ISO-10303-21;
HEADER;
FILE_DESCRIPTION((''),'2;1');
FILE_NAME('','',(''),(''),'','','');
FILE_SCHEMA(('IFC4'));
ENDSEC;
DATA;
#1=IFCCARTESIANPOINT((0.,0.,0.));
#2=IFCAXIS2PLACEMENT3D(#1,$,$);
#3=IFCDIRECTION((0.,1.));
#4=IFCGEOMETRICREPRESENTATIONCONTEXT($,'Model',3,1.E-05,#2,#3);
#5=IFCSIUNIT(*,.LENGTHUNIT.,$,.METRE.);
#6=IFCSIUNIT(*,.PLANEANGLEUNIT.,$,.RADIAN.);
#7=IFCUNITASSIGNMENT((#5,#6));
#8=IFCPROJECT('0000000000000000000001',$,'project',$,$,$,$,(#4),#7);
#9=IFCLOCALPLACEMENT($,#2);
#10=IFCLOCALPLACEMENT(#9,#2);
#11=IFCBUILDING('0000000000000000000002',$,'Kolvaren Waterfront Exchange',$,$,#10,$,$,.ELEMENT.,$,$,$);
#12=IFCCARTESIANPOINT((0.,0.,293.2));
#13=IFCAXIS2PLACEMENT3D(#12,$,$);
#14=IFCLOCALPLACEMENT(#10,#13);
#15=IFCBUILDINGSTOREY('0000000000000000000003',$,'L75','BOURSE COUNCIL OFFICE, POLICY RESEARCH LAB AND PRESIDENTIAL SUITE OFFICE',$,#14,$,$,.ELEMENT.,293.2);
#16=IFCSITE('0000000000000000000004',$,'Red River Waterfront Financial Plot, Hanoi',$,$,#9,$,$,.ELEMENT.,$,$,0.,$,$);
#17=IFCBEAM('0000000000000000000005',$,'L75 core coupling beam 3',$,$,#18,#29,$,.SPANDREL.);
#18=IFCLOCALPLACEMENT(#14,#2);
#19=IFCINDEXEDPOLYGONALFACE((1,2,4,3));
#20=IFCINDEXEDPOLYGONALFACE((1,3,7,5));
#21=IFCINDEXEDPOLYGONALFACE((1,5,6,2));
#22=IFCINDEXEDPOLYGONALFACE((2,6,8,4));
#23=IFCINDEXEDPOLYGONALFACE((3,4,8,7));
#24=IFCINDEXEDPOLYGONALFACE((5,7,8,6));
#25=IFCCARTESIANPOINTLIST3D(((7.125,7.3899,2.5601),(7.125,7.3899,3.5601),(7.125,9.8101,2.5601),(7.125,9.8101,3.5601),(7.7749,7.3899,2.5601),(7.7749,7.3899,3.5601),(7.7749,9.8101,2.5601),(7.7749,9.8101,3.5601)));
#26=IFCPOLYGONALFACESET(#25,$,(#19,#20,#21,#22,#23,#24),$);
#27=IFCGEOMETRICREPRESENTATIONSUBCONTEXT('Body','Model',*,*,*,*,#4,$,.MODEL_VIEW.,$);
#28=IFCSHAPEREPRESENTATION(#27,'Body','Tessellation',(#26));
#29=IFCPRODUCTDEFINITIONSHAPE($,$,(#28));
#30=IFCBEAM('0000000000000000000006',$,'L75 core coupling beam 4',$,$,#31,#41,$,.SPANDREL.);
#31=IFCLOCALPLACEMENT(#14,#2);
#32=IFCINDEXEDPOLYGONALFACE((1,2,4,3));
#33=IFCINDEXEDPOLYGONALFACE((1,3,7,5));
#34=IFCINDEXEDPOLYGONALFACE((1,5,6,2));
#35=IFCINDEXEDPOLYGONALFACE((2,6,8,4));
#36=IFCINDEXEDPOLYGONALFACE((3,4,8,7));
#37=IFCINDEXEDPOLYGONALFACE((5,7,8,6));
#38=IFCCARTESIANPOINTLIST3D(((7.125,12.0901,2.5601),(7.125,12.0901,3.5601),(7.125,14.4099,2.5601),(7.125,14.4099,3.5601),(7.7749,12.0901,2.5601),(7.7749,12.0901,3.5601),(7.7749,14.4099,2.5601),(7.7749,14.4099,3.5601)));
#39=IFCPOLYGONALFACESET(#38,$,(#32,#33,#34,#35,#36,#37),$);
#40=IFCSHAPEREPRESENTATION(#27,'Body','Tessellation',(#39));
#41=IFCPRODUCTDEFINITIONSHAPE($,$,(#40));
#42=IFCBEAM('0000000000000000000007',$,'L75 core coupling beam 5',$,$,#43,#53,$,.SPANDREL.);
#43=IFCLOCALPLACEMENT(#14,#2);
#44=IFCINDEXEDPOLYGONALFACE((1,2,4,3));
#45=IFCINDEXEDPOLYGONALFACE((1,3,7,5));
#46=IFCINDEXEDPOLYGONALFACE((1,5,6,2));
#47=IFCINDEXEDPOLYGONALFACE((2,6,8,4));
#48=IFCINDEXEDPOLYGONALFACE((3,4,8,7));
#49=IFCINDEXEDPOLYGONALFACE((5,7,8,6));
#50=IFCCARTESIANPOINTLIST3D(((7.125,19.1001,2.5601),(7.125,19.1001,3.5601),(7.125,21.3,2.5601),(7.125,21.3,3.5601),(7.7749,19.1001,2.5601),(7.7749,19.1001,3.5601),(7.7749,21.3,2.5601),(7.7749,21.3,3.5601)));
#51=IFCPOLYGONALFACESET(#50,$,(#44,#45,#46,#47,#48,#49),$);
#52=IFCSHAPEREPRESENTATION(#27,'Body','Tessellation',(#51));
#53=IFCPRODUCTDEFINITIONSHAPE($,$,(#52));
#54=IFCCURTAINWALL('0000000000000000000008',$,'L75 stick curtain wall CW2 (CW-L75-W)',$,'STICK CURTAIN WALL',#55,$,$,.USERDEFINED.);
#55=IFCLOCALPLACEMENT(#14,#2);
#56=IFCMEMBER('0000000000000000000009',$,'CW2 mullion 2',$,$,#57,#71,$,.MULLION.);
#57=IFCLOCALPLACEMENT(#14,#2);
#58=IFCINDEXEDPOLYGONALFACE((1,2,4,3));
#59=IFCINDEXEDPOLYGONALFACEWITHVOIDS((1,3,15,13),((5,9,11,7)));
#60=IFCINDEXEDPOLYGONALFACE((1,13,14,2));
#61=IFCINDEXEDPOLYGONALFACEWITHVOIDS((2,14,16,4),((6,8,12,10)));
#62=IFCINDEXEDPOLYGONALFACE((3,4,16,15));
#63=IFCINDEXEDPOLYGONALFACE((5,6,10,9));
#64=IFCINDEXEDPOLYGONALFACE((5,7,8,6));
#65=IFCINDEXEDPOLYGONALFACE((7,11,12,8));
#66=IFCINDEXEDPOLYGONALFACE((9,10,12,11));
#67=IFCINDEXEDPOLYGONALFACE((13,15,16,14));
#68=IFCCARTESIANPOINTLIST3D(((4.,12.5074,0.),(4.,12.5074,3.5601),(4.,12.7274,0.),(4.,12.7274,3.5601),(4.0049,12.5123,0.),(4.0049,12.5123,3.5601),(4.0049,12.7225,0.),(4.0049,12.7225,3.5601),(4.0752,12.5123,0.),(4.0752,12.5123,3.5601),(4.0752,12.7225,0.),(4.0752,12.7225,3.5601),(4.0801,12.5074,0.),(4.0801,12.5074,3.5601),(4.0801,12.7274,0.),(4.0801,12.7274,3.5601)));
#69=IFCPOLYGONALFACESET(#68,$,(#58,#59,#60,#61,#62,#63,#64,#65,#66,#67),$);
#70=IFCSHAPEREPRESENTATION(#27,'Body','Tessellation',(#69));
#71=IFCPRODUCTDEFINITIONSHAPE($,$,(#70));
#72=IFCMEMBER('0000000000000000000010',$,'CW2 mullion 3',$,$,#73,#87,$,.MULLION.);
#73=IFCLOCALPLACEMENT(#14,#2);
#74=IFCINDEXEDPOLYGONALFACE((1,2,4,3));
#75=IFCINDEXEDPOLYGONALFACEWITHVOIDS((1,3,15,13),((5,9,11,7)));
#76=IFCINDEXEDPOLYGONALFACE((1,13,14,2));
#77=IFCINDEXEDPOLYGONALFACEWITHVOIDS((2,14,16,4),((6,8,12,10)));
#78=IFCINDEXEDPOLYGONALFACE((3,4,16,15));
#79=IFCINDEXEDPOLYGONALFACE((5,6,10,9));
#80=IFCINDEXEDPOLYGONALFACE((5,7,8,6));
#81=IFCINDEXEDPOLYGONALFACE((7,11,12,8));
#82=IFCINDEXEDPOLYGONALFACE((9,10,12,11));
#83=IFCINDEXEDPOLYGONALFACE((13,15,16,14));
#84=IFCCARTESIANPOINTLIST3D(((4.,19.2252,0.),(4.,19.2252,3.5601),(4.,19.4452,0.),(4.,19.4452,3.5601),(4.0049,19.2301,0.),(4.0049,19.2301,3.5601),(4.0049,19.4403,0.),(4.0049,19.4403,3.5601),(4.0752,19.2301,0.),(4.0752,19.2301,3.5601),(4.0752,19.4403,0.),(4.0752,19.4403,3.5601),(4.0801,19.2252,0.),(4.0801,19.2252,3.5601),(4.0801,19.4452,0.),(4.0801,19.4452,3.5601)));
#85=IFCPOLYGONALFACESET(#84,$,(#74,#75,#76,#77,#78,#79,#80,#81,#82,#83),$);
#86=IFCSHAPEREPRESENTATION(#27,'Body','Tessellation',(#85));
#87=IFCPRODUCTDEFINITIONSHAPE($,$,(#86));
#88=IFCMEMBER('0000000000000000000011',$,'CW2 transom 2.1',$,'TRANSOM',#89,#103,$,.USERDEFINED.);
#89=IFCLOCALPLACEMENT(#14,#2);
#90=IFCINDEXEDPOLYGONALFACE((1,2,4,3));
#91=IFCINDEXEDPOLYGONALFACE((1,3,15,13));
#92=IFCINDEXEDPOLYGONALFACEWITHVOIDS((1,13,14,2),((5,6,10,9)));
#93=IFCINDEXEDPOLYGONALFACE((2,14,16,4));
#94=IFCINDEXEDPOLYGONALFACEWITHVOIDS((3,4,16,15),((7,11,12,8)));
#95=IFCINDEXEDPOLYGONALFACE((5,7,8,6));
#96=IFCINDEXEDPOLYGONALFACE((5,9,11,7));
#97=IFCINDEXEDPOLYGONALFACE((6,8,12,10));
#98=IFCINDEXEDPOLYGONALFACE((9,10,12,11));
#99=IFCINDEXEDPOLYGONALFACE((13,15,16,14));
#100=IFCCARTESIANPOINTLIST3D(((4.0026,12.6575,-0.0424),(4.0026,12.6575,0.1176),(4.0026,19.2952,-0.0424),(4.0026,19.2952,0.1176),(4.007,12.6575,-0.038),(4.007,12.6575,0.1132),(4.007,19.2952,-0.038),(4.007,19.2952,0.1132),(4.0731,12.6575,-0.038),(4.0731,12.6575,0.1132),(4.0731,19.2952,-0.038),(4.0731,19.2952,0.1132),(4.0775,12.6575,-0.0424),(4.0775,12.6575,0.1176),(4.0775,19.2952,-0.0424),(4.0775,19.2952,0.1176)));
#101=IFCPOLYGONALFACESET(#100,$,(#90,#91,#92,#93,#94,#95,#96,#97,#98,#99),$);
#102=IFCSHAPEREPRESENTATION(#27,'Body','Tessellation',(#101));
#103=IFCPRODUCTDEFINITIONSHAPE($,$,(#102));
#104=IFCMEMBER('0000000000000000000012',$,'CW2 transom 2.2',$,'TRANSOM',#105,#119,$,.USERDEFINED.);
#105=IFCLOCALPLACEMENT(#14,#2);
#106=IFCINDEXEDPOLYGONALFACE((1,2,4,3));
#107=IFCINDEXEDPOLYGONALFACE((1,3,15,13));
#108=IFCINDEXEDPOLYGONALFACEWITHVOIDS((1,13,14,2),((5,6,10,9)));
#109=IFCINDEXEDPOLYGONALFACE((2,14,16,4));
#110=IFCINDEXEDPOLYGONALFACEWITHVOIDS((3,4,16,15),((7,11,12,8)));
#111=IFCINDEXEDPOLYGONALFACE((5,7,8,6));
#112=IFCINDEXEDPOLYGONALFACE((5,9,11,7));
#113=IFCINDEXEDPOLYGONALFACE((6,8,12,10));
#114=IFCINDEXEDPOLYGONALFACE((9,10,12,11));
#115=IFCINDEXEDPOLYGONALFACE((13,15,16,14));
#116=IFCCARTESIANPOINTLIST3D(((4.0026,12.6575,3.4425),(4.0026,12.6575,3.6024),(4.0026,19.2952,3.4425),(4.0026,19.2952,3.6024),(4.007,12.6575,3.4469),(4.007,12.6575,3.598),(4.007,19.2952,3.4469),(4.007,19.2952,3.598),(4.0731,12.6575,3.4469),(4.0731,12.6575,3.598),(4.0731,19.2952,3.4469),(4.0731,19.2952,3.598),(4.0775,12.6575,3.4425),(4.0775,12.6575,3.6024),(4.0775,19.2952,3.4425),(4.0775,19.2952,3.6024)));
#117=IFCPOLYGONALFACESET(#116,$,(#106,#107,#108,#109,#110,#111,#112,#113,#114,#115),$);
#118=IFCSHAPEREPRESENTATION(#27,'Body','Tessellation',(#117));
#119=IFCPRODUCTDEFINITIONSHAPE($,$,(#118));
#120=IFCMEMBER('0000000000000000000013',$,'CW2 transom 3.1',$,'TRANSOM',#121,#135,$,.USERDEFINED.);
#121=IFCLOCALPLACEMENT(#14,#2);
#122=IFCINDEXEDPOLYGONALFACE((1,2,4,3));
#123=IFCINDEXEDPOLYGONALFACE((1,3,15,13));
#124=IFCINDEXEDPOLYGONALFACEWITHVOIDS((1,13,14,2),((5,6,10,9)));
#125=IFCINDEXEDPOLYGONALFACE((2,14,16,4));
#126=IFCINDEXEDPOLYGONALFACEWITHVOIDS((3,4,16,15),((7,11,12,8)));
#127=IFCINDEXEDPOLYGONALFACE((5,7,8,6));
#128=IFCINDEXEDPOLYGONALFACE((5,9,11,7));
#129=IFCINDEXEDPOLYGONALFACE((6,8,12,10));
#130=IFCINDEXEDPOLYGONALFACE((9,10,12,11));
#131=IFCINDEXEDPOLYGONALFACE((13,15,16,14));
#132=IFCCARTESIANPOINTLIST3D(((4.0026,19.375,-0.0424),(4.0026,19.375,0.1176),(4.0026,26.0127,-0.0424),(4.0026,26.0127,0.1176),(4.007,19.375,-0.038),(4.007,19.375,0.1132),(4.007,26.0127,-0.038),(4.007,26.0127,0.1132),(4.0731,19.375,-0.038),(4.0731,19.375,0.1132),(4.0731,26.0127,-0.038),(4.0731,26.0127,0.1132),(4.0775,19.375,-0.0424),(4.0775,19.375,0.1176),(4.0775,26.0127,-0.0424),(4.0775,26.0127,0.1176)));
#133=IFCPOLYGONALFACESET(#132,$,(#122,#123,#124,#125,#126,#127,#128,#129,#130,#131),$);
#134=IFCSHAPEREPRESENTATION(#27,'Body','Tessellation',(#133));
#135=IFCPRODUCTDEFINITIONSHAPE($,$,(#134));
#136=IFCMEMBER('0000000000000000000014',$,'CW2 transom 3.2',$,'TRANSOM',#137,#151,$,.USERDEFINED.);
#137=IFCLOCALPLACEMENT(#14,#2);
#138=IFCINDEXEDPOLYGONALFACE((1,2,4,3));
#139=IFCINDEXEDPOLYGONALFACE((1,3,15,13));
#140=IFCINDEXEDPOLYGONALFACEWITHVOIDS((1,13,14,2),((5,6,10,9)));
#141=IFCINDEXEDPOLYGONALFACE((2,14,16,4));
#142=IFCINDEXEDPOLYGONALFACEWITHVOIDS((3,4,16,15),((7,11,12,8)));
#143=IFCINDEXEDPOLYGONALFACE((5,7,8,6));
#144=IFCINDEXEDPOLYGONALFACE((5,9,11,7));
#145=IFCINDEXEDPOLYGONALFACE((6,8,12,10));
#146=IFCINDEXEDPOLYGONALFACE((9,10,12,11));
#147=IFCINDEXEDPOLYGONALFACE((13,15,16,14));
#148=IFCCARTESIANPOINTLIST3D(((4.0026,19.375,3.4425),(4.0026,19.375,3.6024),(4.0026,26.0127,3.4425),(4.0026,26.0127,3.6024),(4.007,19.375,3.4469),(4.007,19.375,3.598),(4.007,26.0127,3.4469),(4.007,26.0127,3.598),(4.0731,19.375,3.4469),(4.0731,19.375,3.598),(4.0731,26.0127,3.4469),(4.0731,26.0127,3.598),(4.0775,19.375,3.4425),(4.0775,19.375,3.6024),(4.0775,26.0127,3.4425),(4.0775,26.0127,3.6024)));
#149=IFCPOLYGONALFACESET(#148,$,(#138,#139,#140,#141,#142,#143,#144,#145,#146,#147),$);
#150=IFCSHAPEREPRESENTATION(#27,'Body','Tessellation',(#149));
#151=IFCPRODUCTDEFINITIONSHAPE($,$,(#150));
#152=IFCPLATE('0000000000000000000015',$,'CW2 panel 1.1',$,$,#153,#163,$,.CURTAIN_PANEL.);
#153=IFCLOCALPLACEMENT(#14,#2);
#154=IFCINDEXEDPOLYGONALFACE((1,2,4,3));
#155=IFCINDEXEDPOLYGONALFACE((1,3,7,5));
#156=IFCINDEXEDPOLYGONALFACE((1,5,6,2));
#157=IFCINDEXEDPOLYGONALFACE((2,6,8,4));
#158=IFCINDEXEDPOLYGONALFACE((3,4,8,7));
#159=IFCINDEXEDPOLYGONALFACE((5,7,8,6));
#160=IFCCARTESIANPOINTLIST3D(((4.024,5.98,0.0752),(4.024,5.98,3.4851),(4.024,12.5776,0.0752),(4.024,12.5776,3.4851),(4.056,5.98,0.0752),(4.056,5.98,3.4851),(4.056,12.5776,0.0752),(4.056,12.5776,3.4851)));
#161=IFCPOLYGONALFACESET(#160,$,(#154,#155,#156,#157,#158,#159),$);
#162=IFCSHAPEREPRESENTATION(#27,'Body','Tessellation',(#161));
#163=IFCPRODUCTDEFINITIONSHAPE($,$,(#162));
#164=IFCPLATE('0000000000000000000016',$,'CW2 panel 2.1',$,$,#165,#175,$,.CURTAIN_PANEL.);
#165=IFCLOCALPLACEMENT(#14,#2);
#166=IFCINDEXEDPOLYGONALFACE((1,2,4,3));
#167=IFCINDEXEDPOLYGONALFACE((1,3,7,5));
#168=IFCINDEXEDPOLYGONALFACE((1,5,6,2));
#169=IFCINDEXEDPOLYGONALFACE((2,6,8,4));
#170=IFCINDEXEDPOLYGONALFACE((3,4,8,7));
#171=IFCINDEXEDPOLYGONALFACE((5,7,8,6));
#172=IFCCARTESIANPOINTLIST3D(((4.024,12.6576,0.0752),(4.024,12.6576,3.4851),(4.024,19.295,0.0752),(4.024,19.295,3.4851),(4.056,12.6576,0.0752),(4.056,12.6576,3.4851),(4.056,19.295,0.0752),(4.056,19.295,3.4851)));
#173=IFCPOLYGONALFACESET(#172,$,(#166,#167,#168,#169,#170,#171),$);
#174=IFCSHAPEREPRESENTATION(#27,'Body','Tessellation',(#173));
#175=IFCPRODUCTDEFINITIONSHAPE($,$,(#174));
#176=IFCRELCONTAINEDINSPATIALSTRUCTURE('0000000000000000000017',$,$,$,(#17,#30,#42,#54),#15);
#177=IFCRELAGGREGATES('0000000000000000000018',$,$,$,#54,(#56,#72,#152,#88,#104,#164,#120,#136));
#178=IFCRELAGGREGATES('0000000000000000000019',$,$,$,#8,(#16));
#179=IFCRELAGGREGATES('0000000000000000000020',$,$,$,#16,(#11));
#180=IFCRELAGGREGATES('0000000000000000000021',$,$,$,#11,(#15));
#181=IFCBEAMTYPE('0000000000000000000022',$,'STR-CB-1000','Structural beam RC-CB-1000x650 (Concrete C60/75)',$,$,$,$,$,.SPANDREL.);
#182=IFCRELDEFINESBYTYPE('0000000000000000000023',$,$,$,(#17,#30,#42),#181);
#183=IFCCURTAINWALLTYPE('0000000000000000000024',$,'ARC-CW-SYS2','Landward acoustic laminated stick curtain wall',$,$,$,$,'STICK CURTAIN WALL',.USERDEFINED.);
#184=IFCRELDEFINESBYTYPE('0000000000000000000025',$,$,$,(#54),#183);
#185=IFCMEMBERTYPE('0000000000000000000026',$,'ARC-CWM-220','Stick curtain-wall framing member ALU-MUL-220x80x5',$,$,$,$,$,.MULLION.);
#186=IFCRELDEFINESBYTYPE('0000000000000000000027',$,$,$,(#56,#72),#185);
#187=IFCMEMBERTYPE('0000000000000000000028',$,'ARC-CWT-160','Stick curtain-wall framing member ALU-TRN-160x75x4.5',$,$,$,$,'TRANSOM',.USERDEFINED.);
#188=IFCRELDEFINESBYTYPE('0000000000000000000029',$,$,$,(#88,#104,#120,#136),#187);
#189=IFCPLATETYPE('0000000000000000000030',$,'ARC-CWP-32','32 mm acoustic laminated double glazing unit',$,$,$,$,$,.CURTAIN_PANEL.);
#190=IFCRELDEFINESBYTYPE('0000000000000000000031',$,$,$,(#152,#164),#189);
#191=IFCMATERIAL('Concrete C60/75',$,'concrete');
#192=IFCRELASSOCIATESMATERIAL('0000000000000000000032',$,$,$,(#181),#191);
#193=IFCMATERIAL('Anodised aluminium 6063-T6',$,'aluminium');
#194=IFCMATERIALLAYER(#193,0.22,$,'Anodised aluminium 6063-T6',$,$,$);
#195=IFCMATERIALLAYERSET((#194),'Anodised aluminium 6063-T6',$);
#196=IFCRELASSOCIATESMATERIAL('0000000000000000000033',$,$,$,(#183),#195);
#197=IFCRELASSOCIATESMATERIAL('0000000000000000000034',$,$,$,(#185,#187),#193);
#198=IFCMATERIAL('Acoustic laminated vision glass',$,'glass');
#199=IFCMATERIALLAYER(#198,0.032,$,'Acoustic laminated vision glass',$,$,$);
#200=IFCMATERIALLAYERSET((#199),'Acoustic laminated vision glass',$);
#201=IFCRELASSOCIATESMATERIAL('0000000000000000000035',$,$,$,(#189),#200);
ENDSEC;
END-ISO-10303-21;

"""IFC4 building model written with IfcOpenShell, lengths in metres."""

from ifc_helpers import new_model, si_unit, direction, frame, origin, origin_with_axes, origin_2d, place, context, subcontext, project, spatial, rectangle, hollow_rectangle, extrude, source, transform, mapped, material, layer, layer_set, material_profile, profile_set, type_object, element, aggregate, save


model = new_model("IFC4")

# Units and contexts
model_context = context("Model", 3, precision=1e-05, world=origin(), true_north=direction((0.0, 1.0)))
body_context = subcontext(model_context, "Body", "Model", "MODEL_VIEW")
ifc_project = project(units=[si_unit("LENGTHUNIT", "METRE"), si_unit("PLANEANGLEUNIT", "RADIAN")], contexts=[model_context])

# Site, building, storey
site_placement = place(None, origin())
site = spatial("IfcSite", under=ifc_project, at=site_placement, Name="Red River Waterfront Financial Plot, Hanoi", CompositionType="ELEMENT", RefElevation=0.0)
building_placement = place(site_placement, origin())
building = spatial("IfcBuilding", under=site, at=building_placement, Name="Kolvaren Waterfront Exchange", CompositionType="ELEMENT")
storey_placement = place(building_placement, frame((0.0, 0.0, 293.2)))
storey = spatial("IfcBuildingStorey", under=building, at=storey_placement, Name="L75", Description="BOURSE COUNCIL OFFICE, POLICY RESEARCH LAB AND PRESIDENTIAL SUITE OFFICE", CompositionType="ELEMENT", Elevation=293.2)

# Beams
ifc_material_1 = material(Name="Concrete C60/75", Category="concrete")
ifc_material_profile_1 = material_profile(ifc_material_1, rectangle(XDim=0.6499, YDim=1.0, at=origin_2d()), Name="RC-CB-1000x650")
ifc_profile_set_1 = profile_set([ifc_material_profile_1], Name="Concrete C60/75")
beam_type = type_object("IfcBeamType", Name="STR-CB-1000", Description="Structural beam RC-CB-1000x650 (Concrete C60/75)", PredefinedType="SPANDREL", material=ifc_profile_set_1)
beam_1_placement = place(storey_placement, frame((7.45, 7.3899, 3.0601), z_axis=(0.0, 1.0, 0.0), x_axis=(-1.0, 0.0, 0.0)))
element("IfcBeam", 1, at=beam_1_placement, inside=storey, type_object=beam_type, Name="L75 core coupling beam 3", PredefinedType="SPANDREL", context=body_context, shape_type="SweptSolid", body=[
    extrude(rectangle(XDim=0.6499, YDim=1.0, at=origin_2d()), origin(), (0.0, 0.0, 1.0), 2.4202),
])
beam_2_placement = place(storey_placement, frame((7.45, 12.0901, 3.0601), z_axis=(0.0, 1.0, 0.0), x_axis=(-1.0, 0.0, 0.0)))
element("IfcBeam", 2, at=beam_2_placement, inside=storey, type_object=beam_type, Name="L75 core coupling beam 4", PredefinedType="SPANDREL", context=body_context, shape_type="SweptSolid", body=[
    extrude(rectangle(XDim=0.6499, YDim=1.0, at=origin_2d()), origin(), (0.0, 0.0, 1.0), 2.3198),
])
beam_3_placement = place(storey_placement, frame((7.45, 19.1001, 3.0601), z_axis=(0.0, 1.0, 0.0), x_axis=(-1.0, 0.0, 0.0)))
element("IfcBeam", 3, at=beam_3_placement, inside=storey, type_object=beam_type, Name="L75 core coupling beam 5", PredefinedType="SPANDREL", context=body_context, shape_type="SweptSolid", body=[
    extrude(rectangle(XDim=0.6499, YDim=1.0, at=origin_2d()), origin(), (0.0, 0.0, 1.0), 2.2),
])

# Curtain wall, members, plates
ifc_material_2 = material(Name="Anodised aluminium 6063-T6", Category="aluminium")
ifc_layer_1 = layer(ifc_material_2, 0.22, Name="Anodised aluminium 6063-T6")
ifc_layer_set_1 = layer_set([ifc_layer_1], Name="Anodised aluminium 6063-T6")
curtain_wall_type = type_object("IfcCurtainWallType", Name="ARC-CW-SYS2", Description="Landward acoustic laminated stick curtain wall", ElementType="STICK CURTAIN WALL", PredefinedType="USERDEFINED", material=ifc_layer_set_1)
curtain_wall_placement = place(storey_placement, origin())
curtain_wall = element("IfcCurtainWall", 4, at=curtain_wall_placement, inside=storey, type_object=curtain_wall_type, Name="L75 stick curtain wall CW2 (CW-L75-W)", ObjectType="STICK CURTAIN WALL", PredefinedType="USERDEFINED")
ifc_material_profile_2 = material_profile(ifc_material_2, hollow_rectangle(XDim=0.0801, YDim=0.22, WallThickness=0.0049, at=origin_2d()), Name="ALU-MUL-220x80x5")
ifc_profile_set_2 = profile_set([ifc_material_profile_2], Name="Anodised aluminium 6063-T6")
member_type_1 = type_object("IfcMemberType", Name="ARC-CWM-220", Description="Stick curtain-wall framing member ALU-MUL-220x80x5", PredefinedType="MULLION", material=ifc_profile_set_2)
shared_shape_1 = source(origin_with_axes(), body_context, "Body", "SweptSolid", [
    extrude(hollow_rectangle(XDim=0.0801, YDim=0.22, WallThickness=0.0049, at=origin_2d()), origin(), (0.0, 0.0, 1.0), 3.5601),
])
member_1_placement = place(storey_placement, frame((4.04, 12.6174, 0.0), z_axis=(0.0, 0.0, 1.0), x_axis=(-1.0, 0.0, 0.0)))
member_1 = element("IfcMember", 5, at=member_1_placement, type_object=member_type_1, Name="CW2 mullion 2", PredefinedType="MULLION", context=body_context, shape_type="MappedRepresentation", body=[
    mapped(shared_shape_1, transform((0.0, 0.0, 0.0), x_axis=(1.0, 0.0, 0.0), y_axis=(0.0, 1.0, 0.0), z_axis=(0.0, 0.0, 1.0), scale=1.0)),
])
member_2_placement = place(storey_placement, frame((4.04, 19.3352, 0.0), z_axis=(0.0, 0.0, 1.0), x_axis=(-1.0, 0.0, 0.0)))
member_2 = element("IfcMember", 6, at=member_2_placement, type_object=member_type_1, Name="CW2 mullion 3", PredefinedType="MULLION", context=body_context, shape_type="MappedRepresentation", body=[
    mapped(shared_shape_1, transform((0.0, 0.0, 0.0), x_axis=(1.0, 0.0, 0.0), y_axis=(0.0, 1.0, 0.0), z_axis=(0.0, 0.0, 1.0), scale=1.0)),
])
ifc_material_profile_3 = material_profile(ifc_material_2, hollow_rectangle(XDim=0.075, YDim=0.1599, WallThickness=0.0044, at=origin_2d()), Name="ALU-TRN-160x75x4.5")
ifc_profile_set_3 = profile_set([ifc_material_profile_3], Name="Anodised aluminium 6063-T6")
member_type_2 = type_object("IfcMemberType", Name="ARC-CWT-160", Description="Stick curtain-wall framing member ALU-TRN-160x75x4.5", ElementType="TRANSOM", PredefinedType="USERDEFINED", material=ifc_profile_set_3)
shared_shape_2 = source(origin_with_axes(), body_context, "Body", "SweptSolid", [
    extrude(hollow_rectangle(XDim=0.075, YDim=0.1599, WallThickness=0.0044, at=origin_2d()), origin(), (0.0, 0.0, 1.0), 6.6377),
])
member_3_placement = place(storey_placement, frame((4.04, 12.6575, 0.0376), z_axis=(0.0, 1.0, 0.0), x_axis=(-1.0, 0.0, 0.0)))
member_3 = element("IfcMember", 7, at=member_3_placement, type_object=member_type_2, Name="CW2 transom 2.1", ObjectType="TRANSOM", PredefinedType="USERDEFINED", context=body_context, shape_type="MappedRepresentation", body=[
    mapped(shared_shape_2, transform((0.0, 0.0, 0.0), x_axis=(1.0, 0.0, 0.0), y_axis=(0.0, 1.0, 0.0), z_axis=(0.0, 0.0, 1.0), scale=1.0)),
])
member_4_placement = place(storey_placement, frame((4.04, 12.6575, 3.5225), z_axis=(0.0, 1.0, 0.0), x_axis=(-1.0, 0.0, 0.0)))
member_4 = element("IfcMember", 8, at=member_4_placement, type_object=member_type_2, Name="CW2 transom 2.2", ObjectType="TRANSOM", PredefinedType="USERDEFINED", context=body_context, shape_type="MappedRepresentation", body=[
    mapped(shared_shape_2, transform((0.0, 0.0, 0.0), x_axis=(1.0, 0.0, 0.0), y_axis=(0.0, 1.0, 0.0), z_axis=(0.0, 0.0, 1.0), scale=1.0)),
])
member_5_placement = place(storey_placement, frame((4.04, 19.375, 0.0376), z_axis=(0.0, 1.0, 0.0), x_axis=(-1.0, 0.0, 0.0)))
member_5 = element("IfcMember", 9, at=member_5_placement, type_object=member_type_2, Name="CW2 transom 3.1", ObjectType="TRANSOM", PredefinedType="USERDEFINED", context=body_context, shape_type="MappedRepresentation", body=[
    mapped(shared_shape_2, transform((0.0, 0.0, 0.0), x_axis=(1.0, 0.0, 0.0), y_axis=(0.0, 1.0, 0.0), z_axis=(0.0, 0.0, 1.0), scale=1.0)),
])
member_6_placement = place(storey_placement, frame((4.04, 19.375, 3.5225), z_axis=(0.0, 1.0, 0.0), x_axis=(-1.0, 0.0, 0.0)))
member_6 = element("IfcMember", 10, at=member_6_placement, type_object=member_type_2, Name="CW2 transom 3.2", ObjectType="TRANSOM", PredefinedType="USERDEFINED", context=body_context, shape_type="MappedRepresentation", body=[
    mapped(shared_shape_2, transform((0.0, 0.0, 0.0), x_axis=(1.0, 0.0, 0.0), y_axis=(0.0, 1.0, 0.0), z_axis=(0.0, 0.0, 1.0), scale=1.0)),
])
ifc_material_3 = material(Name="Acoustic laminated vision glass", Category="glass")
ifc_layer_2 = layer(ifc_material_3, 0.032, Name="Acoustic laminated vision glass")
ifc_layer_set_2 = layer_set([ifc_layer_2], Name="Acoustic laminated vision glass")
plate_type = type_object("IfcPlateType", Name="ARC-CWP-32", Description="32 mm acoustic laminated double glazing unit", PredefinedType="CURTAIN_PANEL", material=ifc_layer_set_2)
shared_shape_3 = source(origin_with_axes(), body_context, "Body", "SweptSolid", [
    extrude(rectangle(XDim=6.5977, YDim=0.032, at=origin_2d()), origin(), (0.0, 0.0, 1.0), 3.4099),
])
plate_1_placement = place(storey_placement, frame((4.04, 9.2788, 0.0752), z_axis=(0.0, 0.0, 1.0), x_axis=(0.0, 1.0, 0.0)))
plate_1 = element("IfcPlate", 11, at=plate_1_placement, type_object=plate_type, Name="CW2 panel 1.1", PredefinedType="CURTAIN_PANEL", context=body_context, shape_type="MappedRepresentation", body=[
    mapped(shared_shape_3, transform((0.0, 0.0, 0.0), x_axis=(1.0, 0.0, 0.0), y_axis=(0.0, 1.0, 0.0), z_axis=(0.0, 0.0, 1.0), scale=1.0)),
])
shared_shape_4 = source(origin_with_axes(), body_context, "Body", "SweptSolid", [
    extrude(rectangle(XDim=6.6375, YDim=0.032, at=origin_2d()), origin(), (0.0, 0.0, 1.0), 3.4099),
])
plate_2_placement = place(storey_placement, frame((4.04, 15.9763, 0.0752), z_axis=(0.0, 0.0, 1.0), x_axis=(0.0, 1.0, 0.0)))
plate_2 = element("IfcPlate", 12, at=plate_2_placement, type_object=plate_type, Name="CW2 panel 2.1", PredefinedType="CURTAIN_PANEL", context=body_context, shape_type="MappedRepresentation", body=[
    mapped(shared_shape_4, transform((0.0, 0.0, 0.0), x_axis=(1.0, 0.0, 0.0), y_axis=(0.0, 1.0, 0.0), z_axis=(0.0, 0.0, 1.0), scale=1.0)),
])
aggregate(curtain_wall, [member_1, member_2, plate_1, member_3, member_4, plate_2, member_5, member_6])

save(model, "model.ifc")
